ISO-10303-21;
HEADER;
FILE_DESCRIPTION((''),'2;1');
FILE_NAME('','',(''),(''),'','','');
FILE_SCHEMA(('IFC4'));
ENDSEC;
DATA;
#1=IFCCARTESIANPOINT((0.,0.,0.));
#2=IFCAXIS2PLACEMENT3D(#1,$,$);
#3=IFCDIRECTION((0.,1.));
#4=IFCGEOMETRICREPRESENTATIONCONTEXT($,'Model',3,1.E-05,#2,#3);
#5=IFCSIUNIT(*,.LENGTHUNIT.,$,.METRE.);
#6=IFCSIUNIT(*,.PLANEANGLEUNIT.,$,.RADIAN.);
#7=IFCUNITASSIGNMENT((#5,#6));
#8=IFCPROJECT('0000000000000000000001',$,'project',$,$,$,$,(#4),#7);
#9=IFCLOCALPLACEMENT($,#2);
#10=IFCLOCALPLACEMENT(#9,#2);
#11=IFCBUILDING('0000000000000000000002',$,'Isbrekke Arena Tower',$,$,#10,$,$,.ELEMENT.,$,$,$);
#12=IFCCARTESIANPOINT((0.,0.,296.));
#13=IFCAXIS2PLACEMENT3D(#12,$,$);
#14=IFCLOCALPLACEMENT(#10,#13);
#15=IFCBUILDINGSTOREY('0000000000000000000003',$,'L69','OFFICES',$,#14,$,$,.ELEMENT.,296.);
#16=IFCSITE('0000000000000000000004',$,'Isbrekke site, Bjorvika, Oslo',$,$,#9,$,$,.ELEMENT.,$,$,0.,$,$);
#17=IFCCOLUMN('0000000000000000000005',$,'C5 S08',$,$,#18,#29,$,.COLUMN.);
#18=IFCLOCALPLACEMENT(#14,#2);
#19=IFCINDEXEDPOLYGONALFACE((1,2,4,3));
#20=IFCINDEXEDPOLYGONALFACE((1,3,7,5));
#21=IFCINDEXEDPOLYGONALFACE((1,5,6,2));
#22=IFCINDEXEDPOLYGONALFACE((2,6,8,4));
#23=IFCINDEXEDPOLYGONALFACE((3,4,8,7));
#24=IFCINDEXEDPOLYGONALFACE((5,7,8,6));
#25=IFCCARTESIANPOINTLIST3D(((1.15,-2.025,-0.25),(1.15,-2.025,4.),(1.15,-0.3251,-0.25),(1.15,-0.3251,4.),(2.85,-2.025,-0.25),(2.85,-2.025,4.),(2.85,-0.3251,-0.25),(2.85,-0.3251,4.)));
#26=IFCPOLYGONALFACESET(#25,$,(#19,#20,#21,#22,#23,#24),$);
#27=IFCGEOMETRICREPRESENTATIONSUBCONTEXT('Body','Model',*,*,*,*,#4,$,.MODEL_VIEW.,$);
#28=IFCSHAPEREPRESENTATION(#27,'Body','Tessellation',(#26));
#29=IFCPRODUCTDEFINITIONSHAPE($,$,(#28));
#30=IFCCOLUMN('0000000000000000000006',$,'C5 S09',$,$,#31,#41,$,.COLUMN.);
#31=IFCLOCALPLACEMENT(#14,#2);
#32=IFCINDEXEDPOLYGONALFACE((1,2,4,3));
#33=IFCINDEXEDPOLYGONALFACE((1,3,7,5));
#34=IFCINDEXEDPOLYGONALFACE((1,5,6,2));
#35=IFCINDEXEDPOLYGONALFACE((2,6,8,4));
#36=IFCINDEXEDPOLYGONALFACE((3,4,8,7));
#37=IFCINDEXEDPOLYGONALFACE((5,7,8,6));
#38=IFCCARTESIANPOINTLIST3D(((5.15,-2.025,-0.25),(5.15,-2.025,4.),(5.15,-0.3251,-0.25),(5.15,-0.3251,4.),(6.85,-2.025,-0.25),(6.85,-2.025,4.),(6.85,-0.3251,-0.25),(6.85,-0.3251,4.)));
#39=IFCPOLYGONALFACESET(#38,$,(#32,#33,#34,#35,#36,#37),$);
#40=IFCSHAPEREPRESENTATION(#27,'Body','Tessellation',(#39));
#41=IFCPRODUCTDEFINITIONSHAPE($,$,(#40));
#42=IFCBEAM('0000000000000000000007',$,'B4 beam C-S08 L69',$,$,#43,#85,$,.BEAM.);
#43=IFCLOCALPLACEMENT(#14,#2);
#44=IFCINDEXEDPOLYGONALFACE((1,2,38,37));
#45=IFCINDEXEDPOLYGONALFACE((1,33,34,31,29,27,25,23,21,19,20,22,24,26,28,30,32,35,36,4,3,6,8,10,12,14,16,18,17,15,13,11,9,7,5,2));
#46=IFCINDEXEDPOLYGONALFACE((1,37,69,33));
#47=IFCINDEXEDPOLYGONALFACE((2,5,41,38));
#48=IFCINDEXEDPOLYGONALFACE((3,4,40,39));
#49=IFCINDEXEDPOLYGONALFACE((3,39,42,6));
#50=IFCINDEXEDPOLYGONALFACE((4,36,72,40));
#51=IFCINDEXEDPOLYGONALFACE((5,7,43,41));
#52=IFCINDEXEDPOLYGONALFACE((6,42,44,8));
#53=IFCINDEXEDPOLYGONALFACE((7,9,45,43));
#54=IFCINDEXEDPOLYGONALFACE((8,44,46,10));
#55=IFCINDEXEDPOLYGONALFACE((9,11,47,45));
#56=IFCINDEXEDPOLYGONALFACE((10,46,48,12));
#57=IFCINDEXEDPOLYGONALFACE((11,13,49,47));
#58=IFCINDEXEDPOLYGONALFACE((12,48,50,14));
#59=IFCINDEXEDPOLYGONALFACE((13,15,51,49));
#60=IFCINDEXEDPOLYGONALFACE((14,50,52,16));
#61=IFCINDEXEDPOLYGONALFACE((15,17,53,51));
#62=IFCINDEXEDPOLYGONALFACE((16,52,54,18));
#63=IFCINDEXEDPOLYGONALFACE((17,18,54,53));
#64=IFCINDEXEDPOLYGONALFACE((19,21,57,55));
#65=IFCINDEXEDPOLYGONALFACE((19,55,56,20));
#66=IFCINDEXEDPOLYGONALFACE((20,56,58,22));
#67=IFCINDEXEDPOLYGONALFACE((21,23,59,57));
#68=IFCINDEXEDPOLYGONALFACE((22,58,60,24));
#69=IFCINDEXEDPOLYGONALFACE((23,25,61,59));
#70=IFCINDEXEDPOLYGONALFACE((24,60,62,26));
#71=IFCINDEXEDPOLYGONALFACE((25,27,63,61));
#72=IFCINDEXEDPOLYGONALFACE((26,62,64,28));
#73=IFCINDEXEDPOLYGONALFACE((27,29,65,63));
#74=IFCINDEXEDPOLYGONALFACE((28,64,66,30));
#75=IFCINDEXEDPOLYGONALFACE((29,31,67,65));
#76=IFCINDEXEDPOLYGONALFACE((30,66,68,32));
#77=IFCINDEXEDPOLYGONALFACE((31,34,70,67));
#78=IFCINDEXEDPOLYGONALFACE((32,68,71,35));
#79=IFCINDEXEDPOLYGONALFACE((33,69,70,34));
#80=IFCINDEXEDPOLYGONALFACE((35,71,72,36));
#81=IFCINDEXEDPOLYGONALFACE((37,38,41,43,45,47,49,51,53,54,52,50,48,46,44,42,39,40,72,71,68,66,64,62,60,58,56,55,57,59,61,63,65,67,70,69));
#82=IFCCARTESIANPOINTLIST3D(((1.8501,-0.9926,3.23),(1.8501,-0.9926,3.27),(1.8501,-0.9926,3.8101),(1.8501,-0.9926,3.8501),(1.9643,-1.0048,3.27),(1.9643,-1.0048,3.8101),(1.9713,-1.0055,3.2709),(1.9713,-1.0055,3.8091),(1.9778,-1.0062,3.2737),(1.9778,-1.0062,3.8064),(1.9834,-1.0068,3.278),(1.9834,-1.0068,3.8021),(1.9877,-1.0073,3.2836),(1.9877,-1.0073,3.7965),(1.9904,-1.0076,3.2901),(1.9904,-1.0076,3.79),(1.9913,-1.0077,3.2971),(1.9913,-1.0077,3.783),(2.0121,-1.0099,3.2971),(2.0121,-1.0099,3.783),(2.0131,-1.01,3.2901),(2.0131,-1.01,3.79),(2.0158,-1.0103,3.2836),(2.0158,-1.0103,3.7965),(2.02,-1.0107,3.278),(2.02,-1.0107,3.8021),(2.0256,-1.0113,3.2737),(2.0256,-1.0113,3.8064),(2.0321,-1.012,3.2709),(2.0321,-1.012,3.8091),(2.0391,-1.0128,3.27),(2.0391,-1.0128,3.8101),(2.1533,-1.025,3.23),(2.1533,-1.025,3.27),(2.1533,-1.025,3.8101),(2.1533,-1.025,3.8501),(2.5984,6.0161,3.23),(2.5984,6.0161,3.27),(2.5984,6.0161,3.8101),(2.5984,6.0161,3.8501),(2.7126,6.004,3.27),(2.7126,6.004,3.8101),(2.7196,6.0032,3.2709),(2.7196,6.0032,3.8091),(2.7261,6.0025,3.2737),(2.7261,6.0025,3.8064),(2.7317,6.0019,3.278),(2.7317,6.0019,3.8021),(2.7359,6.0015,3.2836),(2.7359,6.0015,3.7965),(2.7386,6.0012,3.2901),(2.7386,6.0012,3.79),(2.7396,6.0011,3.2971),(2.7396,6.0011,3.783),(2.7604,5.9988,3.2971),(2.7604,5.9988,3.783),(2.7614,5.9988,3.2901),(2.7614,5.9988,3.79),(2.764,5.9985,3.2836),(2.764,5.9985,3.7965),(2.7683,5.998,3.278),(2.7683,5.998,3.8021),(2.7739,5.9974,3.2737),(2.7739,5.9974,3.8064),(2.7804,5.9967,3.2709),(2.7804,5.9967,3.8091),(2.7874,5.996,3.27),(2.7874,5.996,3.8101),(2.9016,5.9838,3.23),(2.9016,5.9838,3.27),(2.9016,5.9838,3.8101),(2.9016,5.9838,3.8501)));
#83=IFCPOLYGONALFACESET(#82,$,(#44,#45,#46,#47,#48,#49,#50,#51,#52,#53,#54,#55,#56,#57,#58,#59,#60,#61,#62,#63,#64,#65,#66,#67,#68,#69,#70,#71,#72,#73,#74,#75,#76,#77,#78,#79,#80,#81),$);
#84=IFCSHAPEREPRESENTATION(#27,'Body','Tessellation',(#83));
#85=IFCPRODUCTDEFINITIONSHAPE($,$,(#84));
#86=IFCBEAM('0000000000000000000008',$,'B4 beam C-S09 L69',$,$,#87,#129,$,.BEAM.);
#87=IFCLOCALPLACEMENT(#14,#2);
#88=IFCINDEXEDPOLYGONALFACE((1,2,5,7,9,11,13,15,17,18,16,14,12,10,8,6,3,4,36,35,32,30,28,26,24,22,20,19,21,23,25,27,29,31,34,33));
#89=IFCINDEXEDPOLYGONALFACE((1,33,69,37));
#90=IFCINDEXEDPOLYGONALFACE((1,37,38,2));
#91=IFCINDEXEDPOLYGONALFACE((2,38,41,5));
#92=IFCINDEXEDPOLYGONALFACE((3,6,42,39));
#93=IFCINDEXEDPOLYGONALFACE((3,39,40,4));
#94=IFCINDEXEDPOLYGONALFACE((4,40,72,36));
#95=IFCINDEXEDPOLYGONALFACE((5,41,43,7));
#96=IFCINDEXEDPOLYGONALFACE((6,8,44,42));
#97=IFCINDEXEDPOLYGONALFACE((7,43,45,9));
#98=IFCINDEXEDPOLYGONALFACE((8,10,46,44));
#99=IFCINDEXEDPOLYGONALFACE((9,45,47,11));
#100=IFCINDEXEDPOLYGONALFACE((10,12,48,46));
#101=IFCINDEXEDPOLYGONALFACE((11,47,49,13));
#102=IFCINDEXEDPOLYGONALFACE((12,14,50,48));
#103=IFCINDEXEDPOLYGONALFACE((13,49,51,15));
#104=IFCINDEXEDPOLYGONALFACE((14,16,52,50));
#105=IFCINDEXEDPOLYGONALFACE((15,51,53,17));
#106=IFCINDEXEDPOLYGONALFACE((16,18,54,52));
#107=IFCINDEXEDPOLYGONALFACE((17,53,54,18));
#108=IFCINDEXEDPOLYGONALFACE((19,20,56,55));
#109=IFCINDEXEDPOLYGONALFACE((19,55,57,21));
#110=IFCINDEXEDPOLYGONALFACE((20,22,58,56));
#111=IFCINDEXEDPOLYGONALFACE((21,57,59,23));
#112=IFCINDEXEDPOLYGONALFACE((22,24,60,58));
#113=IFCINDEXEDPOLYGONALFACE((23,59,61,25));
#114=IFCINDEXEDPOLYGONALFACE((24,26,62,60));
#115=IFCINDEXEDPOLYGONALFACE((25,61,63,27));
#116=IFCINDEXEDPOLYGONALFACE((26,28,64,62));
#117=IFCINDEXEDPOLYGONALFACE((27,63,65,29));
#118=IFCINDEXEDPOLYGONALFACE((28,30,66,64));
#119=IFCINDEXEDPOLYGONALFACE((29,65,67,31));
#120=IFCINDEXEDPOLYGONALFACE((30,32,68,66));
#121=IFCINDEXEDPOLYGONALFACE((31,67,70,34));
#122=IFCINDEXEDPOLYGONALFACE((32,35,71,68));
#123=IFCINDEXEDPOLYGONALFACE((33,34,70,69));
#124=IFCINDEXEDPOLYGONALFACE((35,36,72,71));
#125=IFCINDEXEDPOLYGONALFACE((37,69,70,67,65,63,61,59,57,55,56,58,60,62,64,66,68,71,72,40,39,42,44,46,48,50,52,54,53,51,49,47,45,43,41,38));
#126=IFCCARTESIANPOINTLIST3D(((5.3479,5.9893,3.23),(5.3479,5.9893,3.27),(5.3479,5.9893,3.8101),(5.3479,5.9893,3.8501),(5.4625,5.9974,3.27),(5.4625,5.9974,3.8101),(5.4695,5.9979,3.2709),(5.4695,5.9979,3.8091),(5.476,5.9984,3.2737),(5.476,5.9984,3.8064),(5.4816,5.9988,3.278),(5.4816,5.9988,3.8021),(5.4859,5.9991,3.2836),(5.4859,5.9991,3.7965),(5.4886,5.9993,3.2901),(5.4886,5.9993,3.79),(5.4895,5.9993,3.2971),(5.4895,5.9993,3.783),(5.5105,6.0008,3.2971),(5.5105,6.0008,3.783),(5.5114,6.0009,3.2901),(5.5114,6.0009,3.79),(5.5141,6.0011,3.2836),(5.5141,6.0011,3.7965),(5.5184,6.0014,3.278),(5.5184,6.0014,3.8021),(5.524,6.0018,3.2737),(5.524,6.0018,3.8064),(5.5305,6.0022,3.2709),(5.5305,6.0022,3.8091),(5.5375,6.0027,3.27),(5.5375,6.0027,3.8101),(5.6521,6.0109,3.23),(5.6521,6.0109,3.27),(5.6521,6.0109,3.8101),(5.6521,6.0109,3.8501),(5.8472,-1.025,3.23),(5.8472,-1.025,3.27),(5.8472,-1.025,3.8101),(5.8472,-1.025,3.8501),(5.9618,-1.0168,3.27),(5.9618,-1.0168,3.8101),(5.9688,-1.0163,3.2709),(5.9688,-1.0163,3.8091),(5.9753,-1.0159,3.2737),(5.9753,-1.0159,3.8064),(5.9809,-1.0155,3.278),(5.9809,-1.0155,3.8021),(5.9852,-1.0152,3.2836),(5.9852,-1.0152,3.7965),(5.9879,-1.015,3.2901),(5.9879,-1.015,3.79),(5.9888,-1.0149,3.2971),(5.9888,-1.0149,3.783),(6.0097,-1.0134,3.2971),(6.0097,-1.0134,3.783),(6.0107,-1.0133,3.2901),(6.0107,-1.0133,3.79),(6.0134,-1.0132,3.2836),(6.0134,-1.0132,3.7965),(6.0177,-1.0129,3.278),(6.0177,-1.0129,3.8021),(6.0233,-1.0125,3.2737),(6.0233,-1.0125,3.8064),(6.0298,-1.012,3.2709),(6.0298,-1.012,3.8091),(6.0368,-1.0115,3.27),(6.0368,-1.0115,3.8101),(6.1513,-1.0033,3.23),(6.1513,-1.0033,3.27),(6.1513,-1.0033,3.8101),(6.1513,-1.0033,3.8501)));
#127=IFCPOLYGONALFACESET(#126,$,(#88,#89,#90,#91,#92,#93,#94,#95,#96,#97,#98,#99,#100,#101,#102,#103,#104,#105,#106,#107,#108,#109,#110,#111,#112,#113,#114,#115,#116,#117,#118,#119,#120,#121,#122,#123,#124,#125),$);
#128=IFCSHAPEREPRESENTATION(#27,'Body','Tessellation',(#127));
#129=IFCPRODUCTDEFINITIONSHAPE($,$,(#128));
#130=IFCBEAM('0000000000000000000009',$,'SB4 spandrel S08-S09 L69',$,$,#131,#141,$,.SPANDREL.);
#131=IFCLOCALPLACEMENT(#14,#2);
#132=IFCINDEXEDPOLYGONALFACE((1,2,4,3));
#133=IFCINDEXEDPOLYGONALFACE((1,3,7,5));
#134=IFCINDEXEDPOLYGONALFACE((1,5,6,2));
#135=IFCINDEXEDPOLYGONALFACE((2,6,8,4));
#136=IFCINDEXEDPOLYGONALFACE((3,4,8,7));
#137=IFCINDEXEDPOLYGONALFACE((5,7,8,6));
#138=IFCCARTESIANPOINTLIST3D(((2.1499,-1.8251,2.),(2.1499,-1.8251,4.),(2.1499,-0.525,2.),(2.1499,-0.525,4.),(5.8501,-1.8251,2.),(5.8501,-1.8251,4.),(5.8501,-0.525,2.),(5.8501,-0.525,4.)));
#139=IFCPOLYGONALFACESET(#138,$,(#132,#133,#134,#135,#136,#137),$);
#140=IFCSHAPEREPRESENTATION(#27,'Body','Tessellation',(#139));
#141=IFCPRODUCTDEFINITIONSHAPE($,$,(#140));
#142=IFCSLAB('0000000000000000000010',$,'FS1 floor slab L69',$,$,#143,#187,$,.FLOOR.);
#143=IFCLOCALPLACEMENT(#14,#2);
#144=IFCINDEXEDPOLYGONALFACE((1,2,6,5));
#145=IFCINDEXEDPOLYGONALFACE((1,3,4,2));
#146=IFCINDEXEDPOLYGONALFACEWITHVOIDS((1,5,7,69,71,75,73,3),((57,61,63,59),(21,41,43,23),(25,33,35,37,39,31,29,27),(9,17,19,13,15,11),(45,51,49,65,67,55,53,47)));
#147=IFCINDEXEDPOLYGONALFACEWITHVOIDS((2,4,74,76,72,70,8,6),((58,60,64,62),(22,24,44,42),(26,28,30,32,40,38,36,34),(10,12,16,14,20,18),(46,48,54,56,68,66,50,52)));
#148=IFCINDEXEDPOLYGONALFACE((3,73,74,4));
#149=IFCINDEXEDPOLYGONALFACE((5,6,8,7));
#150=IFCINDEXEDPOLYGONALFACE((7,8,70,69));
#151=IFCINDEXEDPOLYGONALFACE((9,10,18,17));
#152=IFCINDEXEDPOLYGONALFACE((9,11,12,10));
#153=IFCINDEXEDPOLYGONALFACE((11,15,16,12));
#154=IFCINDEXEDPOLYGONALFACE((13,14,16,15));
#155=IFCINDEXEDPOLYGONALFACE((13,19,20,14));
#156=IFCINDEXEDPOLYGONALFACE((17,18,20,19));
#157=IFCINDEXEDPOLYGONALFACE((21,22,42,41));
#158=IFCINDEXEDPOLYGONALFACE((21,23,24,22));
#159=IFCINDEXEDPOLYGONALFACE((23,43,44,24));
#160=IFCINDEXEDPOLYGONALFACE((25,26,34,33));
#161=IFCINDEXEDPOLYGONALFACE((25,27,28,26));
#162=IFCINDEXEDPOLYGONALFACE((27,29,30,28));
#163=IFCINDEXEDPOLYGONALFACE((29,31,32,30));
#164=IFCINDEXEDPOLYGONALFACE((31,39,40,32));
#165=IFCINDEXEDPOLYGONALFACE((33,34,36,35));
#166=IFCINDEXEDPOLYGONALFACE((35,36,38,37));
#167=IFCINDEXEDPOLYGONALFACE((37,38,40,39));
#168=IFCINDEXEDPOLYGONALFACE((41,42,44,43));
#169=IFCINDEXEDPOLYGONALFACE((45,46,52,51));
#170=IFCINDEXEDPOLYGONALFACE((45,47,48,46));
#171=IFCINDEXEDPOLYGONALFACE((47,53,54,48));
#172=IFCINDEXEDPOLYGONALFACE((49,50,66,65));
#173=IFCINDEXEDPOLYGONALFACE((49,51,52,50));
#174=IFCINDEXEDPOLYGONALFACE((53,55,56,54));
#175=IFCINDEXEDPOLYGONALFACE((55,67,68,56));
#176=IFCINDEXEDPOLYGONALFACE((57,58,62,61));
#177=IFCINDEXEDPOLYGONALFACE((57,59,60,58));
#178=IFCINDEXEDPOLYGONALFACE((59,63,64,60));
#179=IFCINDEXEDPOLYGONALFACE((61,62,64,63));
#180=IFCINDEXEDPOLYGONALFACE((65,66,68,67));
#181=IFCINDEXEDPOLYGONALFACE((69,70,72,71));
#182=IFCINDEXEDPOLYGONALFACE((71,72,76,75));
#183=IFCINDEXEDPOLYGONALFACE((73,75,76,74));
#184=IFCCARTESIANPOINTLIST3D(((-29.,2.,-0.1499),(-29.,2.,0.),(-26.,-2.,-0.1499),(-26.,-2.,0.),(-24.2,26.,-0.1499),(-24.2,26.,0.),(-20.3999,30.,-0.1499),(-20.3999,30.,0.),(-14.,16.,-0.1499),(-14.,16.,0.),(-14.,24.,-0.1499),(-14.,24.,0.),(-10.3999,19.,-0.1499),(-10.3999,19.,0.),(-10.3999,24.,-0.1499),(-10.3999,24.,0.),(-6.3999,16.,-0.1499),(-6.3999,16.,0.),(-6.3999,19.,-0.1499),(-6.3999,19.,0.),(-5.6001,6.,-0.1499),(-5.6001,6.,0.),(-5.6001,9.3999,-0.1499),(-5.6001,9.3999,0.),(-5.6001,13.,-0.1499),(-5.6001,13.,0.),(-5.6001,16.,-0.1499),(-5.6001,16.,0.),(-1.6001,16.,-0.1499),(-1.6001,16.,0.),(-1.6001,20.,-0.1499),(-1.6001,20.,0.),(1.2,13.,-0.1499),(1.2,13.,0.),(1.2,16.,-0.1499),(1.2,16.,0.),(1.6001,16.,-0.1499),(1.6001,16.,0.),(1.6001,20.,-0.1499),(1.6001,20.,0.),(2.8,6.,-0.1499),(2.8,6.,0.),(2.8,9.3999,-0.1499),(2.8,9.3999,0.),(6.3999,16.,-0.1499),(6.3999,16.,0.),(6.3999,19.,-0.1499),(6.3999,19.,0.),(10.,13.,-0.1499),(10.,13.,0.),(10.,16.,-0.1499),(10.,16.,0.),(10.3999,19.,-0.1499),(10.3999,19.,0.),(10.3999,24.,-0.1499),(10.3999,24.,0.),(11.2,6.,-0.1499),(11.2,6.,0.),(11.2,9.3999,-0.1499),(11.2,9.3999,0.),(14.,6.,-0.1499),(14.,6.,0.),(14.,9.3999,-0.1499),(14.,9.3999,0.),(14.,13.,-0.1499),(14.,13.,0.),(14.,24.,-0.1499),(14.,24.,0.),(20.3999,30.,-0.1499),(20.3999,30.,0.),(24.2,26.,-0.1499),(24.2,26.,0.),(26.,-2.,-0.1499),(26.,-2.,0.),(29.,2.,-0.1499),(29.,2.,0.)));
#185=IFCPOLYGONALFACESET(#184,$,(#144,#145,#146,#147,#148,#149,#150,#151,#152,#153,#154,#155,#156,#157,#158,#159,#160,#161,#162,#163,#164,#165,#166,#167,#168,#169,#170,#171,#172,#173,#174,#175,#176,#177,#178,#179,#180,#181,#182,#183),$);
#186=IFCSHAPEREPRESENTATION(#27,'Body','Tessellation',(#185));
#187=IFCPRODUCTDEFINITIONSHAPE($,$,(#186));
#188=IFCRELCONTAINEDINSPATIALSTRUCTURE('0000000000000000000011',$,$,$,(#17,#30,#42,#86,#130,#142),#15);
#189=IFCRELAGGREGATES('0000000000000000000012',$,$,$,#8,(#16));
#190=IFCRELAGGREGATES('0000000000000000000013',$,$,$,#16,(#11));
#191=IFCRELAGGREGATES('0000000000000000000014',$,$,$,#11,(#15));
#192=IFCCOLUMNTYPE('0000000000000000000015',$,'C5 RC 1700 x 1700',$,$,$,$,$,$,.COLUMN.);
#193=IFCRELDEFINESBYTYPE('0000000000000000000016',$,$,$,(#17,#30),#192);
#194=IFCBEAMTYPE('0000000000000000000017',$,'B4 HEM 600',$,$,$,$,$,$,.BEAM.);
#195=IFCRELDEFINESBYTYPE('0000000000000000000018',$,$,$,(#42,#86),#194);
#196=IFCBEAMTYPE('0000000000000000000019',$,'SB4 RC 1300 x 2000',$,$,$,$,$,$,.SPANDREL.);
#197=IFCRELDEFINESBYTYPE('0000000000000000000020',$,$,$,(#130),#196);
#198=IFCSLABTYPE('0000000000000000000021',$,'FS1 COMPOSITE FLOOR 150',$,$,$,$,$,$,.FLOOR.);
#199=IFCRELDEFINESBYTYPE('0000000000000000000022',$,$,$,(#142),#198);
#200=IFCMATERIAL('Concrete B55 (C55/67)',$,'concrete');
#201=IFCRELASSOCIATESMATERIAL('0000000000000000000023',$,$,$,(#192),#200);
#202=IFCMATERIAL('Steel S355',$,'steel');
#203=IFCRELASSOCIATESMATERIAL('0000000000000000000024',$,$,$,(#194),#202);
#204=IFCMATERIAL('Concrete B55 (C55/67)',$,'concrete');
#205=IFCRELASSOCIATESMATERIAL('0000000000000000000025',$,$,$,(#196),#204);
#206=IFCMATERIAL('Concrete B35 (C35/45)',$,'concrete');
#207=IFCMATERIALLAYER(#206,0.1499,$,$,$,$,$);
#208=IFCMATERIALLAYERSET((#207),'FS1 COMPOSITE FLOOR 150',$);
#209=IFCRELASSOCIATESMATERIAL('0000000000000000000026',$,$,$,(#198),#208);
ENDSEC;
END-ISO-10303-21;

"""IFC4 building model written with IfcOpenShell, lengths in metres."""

from ifc_helpers import new_model, si_unit, direction, frame, origin, origin_2d, place, context, subcontext, project, spatial, polyline, rectangle, i_section, outline, extrude, material, layer, layer_set, material_profile, profile_set, type_object, element, save


model = new_model("IFC4")

# Units and contexts
model_context = context("Model", 3, precision=1e-05, world=origin(), true_north=direction((0.0, 1.0)))
body_context = subcontext(model_context, "Body", "Model", "MODEL_VIEW")
ifc_project = project(units=[si_unit("LENGTHUNIT", "METRE"), si_unit("PLANEANGLEUNIT", "RADIAN")], contexts=[model_context])

# Site, building, storey
site_placement = place(None, origin())
site = spatial("IfcSite", under=ifc_project, at=site_placement, Name="Isbrekke site, Bjorvika, Oslo", CompositionType="ELEMENT", RefElevation=0.0)
building_placement = place(site_placement, origin())
building = spatial("IfcBuilding", under=site, at=building_placement, Name="Isbrekke Arena Tower", CompositionType="ELEMENT")
storey_placement = place(building_placement, frame((0.0, 0.0, 296.0)))
storey = spatial("IfcBuildingStorey", under=building, at=storey_placement, Name="L69", Description="OFFICES", CompositionType="ELEMENT", Elevation=296.0)

# Columns
ifc_material_1 = material(Name="Concrete B55 (C55/67)", Category="concrete")
ifc_material_profile_1 = material_profile(ifc_material_1, rectangle(XDim=1.7, YDim=1.7, at=origin_2d()), Name="RC 1700x1700")
ifc_profile_set_1 = profile_set([ifc_material_profile_1], Name="Concrete B55 (C55/67)")
column_type = type_object("IfcColumnType", Name="C5 RC 1700 x 1700", PredefinedType="COLUMN", material=ifc_profile_set_1)
for number, where, z_axis, x_axis, name in (
    (1, (2.0, -1.175, -0.25), (0.0, 0.0, 1.0), (1.0, 0.0, 0.0), "C5 S08"),
    (2, (6.0, -1.175, -0.25), (0.0, 0.0, 1.0), (1.0, 0.0, 0.0), "C5 S09"),
):
    element("IfcColumn", number, at=place(storey_placement, frame(where, z_axis=z_axis, x_axis=x_axis)), inside=storey, type_object=column_type, Name=name, PredefinedType="COLUMN", context=body_context, shape_type="SweptSolid", body=[
        extrude(rectangle(XDim=1.7, YDim=1.7, at=origin_2d()), origin(), (0.0, 0.0, 1.0), 4.25),
    ])

# Beams
ifc_material_2 = material(Name="Steel S355", Category="steel")
ifc_material_profile_2 = material_profile(ifc_material_2, i_section(OverallWidth=0.3049, OverallDepth=0.6201, WebThickness=0.021, FlangeThickness=0.04, FilletRadius=0.0271, at=origin_2d()), Name="HEM 600")
ifc_profile_set_2 = profile_set([ifc_material_profile_2], Name="Steel S355")
beam_type_1 = type_object("IfcBeamType", Name="B4 HEM 600", PredefinedType="BEAM", material=ifc_profile_set_2)
beam_1_placement = place(storey_placement, frame((2.0017, -1.0088, 3.54), z_axis=(0.106161, 0.994349, 0.0), x_axis=(-0.994349, 0.106161, 0.0)))
element("IfcBeam", 3, at=beam_1_placement, inside=storey, type_object=beam_type_1, Name="B4 beam C-S08 L69", PredefinedType="BEAM", context=body_context, shape_type="SweptSolid", body=[
    extrude(i_section(OverallWidth=0.3049, OverallDepth=0.6201, WebThickness=0.021, FlangeThickness=0.04, FilletRadius=0.0271, at=origin_2d()), origin(), (0.0, 0.0, 1.0), 7.0486),
])
beam_2_placement = place(storey_placement, frame((5.9993, -1.0142, 3.54), z_axis=(-0.071, 0.997476, 0.0), x_axis=(-0.997476, -0.071, 0.0)))
element("IfcBeam", 4, at=beam_2_placement, inside=storey, type_object=beam_type_1, Name="B4 beam C-S09 L69", PredefinedType="BEAM", context=body_context, shape_type="SweptSolid", body=[
    extrude(i_section(OverallWidth=0.3049, OverallDepth=0.6201, WebThickness=0.021, FlangeThickness=0.04, FilletRadius=0.0271, at=origin_2d()), origin(), (0.0, 0.0, 1.0), 7.032),
])
ifc_material_3 = material(Name="Concrete B55 (C55/67)", Category="concrete")
ifc_material_profile_3 = material_profile(ifc_material_3, rectangle(XDim=1.3, YDim=2.0, at=origin_2d()), Name="RC 1300x2000")
ifc_profile_set_3 = profile_set([ifc_material_profile_3], Name="Concrete B55 (C55/67)")
beam_type_2 = type_object("IfcBeamType", Name="SB4 RC 1300 x 2000", PredefinedType="SPANDREL", material=ifc_profile_set_3)
beam_3_placement = place(storey_placement, frame((2.1499, -1.175, 3.0), z_axis=(1.0, 0.0, 0.0), x_axis=(0.0, 1.0, 0.0)))
element("IfcBeam", 5, at=beam_3_placement, inside=storey, type_object=beam_type_2, Name="SB4 spandrel S08-S09 L69", PredefinedType="SPANDREL", context=body_context, shape_type="SweptSolid", body=[
    extrude(rectangle(XDim=1.3, YDim=2.0, at=origin_2d()), origin(), (0.0, 0.0, 1.0), 3.7002),
])

# Slab
ifc_material_4 = material(Name="Concrete B35 (C35/45)", Category="concrete")
ifc_layer_1 = layer(ifc_material_4, 0.1499)
ifc_layer_set_1 = layer_set([ifc_layer_1], Name="FS1 COMPOSITE FLOOR 150")
slab_type_1 = type_object("IfcSlabType", Name="FS1 COMPOSITE FLOOR 150", PredefinedType="FLOOR", material=ifc_layer_set_1)
slab_1_placement = place(storey_placement, frame((0.0, 0.0, -0.1499)))
element("IfcSlab", 6, at=slab_1_placement, inside=storey, type_object=slab_type_1, Name="FS1 floor slab L69", PredefinedType="FLOOR", context=body_context, shape_type="SweptSolid", body=[
    extrude(outline(polyline([(-26.0, -2.0), (26.0, -2.0), (29.0, 2.0), (24.2, 26.0), (20.3999, 30.0), (-20.3999, 30.0), (-24.2, 26.0), (-29.0, 2.0), (-26.0, -2.0)]), holes=[polyline([(2.8, 9.3999), (2.8, 6.0), (-5.6001, 6.0), (-5.6001, 9.3999), (2.8, 9.3999)]), polyline([(11.2, 6.0), (11.2, 9.3999), (14.0, 9.3999), (14.0, 6.0), (11.2, 6.0)]), polyline([(-5.6001, 13.0), (-5.6001, 16.0), (-1.6001, 16.0), (-1.6001, 20.0), (1.6001, 20.0), (1.6001, 16.0), (1.2, 16.0), (1.2, 13.0), (-5.6001, 13.0)]), polyline([(14.0, 13.0), (10.0, 13.0), (10.0, 16.0), (6.3999, 16.0), (6.3999, 19.0), (10.3999, 19.0), (10.3999, 24.0), (14.0, 24.0), (14.0, 13.0)]), polyline([(-6.3999, 19.0), (-6.3999, 16.0), (-14.0, 16.0), (-14.0, 24.0), (-10.3999, 24.0), (-10.3999, 19.0), (-6.3999, 19.0)])]), origin(), (0.0, 0.0, 1.0), 0.1499),
])

save(model, "model.ifc")
